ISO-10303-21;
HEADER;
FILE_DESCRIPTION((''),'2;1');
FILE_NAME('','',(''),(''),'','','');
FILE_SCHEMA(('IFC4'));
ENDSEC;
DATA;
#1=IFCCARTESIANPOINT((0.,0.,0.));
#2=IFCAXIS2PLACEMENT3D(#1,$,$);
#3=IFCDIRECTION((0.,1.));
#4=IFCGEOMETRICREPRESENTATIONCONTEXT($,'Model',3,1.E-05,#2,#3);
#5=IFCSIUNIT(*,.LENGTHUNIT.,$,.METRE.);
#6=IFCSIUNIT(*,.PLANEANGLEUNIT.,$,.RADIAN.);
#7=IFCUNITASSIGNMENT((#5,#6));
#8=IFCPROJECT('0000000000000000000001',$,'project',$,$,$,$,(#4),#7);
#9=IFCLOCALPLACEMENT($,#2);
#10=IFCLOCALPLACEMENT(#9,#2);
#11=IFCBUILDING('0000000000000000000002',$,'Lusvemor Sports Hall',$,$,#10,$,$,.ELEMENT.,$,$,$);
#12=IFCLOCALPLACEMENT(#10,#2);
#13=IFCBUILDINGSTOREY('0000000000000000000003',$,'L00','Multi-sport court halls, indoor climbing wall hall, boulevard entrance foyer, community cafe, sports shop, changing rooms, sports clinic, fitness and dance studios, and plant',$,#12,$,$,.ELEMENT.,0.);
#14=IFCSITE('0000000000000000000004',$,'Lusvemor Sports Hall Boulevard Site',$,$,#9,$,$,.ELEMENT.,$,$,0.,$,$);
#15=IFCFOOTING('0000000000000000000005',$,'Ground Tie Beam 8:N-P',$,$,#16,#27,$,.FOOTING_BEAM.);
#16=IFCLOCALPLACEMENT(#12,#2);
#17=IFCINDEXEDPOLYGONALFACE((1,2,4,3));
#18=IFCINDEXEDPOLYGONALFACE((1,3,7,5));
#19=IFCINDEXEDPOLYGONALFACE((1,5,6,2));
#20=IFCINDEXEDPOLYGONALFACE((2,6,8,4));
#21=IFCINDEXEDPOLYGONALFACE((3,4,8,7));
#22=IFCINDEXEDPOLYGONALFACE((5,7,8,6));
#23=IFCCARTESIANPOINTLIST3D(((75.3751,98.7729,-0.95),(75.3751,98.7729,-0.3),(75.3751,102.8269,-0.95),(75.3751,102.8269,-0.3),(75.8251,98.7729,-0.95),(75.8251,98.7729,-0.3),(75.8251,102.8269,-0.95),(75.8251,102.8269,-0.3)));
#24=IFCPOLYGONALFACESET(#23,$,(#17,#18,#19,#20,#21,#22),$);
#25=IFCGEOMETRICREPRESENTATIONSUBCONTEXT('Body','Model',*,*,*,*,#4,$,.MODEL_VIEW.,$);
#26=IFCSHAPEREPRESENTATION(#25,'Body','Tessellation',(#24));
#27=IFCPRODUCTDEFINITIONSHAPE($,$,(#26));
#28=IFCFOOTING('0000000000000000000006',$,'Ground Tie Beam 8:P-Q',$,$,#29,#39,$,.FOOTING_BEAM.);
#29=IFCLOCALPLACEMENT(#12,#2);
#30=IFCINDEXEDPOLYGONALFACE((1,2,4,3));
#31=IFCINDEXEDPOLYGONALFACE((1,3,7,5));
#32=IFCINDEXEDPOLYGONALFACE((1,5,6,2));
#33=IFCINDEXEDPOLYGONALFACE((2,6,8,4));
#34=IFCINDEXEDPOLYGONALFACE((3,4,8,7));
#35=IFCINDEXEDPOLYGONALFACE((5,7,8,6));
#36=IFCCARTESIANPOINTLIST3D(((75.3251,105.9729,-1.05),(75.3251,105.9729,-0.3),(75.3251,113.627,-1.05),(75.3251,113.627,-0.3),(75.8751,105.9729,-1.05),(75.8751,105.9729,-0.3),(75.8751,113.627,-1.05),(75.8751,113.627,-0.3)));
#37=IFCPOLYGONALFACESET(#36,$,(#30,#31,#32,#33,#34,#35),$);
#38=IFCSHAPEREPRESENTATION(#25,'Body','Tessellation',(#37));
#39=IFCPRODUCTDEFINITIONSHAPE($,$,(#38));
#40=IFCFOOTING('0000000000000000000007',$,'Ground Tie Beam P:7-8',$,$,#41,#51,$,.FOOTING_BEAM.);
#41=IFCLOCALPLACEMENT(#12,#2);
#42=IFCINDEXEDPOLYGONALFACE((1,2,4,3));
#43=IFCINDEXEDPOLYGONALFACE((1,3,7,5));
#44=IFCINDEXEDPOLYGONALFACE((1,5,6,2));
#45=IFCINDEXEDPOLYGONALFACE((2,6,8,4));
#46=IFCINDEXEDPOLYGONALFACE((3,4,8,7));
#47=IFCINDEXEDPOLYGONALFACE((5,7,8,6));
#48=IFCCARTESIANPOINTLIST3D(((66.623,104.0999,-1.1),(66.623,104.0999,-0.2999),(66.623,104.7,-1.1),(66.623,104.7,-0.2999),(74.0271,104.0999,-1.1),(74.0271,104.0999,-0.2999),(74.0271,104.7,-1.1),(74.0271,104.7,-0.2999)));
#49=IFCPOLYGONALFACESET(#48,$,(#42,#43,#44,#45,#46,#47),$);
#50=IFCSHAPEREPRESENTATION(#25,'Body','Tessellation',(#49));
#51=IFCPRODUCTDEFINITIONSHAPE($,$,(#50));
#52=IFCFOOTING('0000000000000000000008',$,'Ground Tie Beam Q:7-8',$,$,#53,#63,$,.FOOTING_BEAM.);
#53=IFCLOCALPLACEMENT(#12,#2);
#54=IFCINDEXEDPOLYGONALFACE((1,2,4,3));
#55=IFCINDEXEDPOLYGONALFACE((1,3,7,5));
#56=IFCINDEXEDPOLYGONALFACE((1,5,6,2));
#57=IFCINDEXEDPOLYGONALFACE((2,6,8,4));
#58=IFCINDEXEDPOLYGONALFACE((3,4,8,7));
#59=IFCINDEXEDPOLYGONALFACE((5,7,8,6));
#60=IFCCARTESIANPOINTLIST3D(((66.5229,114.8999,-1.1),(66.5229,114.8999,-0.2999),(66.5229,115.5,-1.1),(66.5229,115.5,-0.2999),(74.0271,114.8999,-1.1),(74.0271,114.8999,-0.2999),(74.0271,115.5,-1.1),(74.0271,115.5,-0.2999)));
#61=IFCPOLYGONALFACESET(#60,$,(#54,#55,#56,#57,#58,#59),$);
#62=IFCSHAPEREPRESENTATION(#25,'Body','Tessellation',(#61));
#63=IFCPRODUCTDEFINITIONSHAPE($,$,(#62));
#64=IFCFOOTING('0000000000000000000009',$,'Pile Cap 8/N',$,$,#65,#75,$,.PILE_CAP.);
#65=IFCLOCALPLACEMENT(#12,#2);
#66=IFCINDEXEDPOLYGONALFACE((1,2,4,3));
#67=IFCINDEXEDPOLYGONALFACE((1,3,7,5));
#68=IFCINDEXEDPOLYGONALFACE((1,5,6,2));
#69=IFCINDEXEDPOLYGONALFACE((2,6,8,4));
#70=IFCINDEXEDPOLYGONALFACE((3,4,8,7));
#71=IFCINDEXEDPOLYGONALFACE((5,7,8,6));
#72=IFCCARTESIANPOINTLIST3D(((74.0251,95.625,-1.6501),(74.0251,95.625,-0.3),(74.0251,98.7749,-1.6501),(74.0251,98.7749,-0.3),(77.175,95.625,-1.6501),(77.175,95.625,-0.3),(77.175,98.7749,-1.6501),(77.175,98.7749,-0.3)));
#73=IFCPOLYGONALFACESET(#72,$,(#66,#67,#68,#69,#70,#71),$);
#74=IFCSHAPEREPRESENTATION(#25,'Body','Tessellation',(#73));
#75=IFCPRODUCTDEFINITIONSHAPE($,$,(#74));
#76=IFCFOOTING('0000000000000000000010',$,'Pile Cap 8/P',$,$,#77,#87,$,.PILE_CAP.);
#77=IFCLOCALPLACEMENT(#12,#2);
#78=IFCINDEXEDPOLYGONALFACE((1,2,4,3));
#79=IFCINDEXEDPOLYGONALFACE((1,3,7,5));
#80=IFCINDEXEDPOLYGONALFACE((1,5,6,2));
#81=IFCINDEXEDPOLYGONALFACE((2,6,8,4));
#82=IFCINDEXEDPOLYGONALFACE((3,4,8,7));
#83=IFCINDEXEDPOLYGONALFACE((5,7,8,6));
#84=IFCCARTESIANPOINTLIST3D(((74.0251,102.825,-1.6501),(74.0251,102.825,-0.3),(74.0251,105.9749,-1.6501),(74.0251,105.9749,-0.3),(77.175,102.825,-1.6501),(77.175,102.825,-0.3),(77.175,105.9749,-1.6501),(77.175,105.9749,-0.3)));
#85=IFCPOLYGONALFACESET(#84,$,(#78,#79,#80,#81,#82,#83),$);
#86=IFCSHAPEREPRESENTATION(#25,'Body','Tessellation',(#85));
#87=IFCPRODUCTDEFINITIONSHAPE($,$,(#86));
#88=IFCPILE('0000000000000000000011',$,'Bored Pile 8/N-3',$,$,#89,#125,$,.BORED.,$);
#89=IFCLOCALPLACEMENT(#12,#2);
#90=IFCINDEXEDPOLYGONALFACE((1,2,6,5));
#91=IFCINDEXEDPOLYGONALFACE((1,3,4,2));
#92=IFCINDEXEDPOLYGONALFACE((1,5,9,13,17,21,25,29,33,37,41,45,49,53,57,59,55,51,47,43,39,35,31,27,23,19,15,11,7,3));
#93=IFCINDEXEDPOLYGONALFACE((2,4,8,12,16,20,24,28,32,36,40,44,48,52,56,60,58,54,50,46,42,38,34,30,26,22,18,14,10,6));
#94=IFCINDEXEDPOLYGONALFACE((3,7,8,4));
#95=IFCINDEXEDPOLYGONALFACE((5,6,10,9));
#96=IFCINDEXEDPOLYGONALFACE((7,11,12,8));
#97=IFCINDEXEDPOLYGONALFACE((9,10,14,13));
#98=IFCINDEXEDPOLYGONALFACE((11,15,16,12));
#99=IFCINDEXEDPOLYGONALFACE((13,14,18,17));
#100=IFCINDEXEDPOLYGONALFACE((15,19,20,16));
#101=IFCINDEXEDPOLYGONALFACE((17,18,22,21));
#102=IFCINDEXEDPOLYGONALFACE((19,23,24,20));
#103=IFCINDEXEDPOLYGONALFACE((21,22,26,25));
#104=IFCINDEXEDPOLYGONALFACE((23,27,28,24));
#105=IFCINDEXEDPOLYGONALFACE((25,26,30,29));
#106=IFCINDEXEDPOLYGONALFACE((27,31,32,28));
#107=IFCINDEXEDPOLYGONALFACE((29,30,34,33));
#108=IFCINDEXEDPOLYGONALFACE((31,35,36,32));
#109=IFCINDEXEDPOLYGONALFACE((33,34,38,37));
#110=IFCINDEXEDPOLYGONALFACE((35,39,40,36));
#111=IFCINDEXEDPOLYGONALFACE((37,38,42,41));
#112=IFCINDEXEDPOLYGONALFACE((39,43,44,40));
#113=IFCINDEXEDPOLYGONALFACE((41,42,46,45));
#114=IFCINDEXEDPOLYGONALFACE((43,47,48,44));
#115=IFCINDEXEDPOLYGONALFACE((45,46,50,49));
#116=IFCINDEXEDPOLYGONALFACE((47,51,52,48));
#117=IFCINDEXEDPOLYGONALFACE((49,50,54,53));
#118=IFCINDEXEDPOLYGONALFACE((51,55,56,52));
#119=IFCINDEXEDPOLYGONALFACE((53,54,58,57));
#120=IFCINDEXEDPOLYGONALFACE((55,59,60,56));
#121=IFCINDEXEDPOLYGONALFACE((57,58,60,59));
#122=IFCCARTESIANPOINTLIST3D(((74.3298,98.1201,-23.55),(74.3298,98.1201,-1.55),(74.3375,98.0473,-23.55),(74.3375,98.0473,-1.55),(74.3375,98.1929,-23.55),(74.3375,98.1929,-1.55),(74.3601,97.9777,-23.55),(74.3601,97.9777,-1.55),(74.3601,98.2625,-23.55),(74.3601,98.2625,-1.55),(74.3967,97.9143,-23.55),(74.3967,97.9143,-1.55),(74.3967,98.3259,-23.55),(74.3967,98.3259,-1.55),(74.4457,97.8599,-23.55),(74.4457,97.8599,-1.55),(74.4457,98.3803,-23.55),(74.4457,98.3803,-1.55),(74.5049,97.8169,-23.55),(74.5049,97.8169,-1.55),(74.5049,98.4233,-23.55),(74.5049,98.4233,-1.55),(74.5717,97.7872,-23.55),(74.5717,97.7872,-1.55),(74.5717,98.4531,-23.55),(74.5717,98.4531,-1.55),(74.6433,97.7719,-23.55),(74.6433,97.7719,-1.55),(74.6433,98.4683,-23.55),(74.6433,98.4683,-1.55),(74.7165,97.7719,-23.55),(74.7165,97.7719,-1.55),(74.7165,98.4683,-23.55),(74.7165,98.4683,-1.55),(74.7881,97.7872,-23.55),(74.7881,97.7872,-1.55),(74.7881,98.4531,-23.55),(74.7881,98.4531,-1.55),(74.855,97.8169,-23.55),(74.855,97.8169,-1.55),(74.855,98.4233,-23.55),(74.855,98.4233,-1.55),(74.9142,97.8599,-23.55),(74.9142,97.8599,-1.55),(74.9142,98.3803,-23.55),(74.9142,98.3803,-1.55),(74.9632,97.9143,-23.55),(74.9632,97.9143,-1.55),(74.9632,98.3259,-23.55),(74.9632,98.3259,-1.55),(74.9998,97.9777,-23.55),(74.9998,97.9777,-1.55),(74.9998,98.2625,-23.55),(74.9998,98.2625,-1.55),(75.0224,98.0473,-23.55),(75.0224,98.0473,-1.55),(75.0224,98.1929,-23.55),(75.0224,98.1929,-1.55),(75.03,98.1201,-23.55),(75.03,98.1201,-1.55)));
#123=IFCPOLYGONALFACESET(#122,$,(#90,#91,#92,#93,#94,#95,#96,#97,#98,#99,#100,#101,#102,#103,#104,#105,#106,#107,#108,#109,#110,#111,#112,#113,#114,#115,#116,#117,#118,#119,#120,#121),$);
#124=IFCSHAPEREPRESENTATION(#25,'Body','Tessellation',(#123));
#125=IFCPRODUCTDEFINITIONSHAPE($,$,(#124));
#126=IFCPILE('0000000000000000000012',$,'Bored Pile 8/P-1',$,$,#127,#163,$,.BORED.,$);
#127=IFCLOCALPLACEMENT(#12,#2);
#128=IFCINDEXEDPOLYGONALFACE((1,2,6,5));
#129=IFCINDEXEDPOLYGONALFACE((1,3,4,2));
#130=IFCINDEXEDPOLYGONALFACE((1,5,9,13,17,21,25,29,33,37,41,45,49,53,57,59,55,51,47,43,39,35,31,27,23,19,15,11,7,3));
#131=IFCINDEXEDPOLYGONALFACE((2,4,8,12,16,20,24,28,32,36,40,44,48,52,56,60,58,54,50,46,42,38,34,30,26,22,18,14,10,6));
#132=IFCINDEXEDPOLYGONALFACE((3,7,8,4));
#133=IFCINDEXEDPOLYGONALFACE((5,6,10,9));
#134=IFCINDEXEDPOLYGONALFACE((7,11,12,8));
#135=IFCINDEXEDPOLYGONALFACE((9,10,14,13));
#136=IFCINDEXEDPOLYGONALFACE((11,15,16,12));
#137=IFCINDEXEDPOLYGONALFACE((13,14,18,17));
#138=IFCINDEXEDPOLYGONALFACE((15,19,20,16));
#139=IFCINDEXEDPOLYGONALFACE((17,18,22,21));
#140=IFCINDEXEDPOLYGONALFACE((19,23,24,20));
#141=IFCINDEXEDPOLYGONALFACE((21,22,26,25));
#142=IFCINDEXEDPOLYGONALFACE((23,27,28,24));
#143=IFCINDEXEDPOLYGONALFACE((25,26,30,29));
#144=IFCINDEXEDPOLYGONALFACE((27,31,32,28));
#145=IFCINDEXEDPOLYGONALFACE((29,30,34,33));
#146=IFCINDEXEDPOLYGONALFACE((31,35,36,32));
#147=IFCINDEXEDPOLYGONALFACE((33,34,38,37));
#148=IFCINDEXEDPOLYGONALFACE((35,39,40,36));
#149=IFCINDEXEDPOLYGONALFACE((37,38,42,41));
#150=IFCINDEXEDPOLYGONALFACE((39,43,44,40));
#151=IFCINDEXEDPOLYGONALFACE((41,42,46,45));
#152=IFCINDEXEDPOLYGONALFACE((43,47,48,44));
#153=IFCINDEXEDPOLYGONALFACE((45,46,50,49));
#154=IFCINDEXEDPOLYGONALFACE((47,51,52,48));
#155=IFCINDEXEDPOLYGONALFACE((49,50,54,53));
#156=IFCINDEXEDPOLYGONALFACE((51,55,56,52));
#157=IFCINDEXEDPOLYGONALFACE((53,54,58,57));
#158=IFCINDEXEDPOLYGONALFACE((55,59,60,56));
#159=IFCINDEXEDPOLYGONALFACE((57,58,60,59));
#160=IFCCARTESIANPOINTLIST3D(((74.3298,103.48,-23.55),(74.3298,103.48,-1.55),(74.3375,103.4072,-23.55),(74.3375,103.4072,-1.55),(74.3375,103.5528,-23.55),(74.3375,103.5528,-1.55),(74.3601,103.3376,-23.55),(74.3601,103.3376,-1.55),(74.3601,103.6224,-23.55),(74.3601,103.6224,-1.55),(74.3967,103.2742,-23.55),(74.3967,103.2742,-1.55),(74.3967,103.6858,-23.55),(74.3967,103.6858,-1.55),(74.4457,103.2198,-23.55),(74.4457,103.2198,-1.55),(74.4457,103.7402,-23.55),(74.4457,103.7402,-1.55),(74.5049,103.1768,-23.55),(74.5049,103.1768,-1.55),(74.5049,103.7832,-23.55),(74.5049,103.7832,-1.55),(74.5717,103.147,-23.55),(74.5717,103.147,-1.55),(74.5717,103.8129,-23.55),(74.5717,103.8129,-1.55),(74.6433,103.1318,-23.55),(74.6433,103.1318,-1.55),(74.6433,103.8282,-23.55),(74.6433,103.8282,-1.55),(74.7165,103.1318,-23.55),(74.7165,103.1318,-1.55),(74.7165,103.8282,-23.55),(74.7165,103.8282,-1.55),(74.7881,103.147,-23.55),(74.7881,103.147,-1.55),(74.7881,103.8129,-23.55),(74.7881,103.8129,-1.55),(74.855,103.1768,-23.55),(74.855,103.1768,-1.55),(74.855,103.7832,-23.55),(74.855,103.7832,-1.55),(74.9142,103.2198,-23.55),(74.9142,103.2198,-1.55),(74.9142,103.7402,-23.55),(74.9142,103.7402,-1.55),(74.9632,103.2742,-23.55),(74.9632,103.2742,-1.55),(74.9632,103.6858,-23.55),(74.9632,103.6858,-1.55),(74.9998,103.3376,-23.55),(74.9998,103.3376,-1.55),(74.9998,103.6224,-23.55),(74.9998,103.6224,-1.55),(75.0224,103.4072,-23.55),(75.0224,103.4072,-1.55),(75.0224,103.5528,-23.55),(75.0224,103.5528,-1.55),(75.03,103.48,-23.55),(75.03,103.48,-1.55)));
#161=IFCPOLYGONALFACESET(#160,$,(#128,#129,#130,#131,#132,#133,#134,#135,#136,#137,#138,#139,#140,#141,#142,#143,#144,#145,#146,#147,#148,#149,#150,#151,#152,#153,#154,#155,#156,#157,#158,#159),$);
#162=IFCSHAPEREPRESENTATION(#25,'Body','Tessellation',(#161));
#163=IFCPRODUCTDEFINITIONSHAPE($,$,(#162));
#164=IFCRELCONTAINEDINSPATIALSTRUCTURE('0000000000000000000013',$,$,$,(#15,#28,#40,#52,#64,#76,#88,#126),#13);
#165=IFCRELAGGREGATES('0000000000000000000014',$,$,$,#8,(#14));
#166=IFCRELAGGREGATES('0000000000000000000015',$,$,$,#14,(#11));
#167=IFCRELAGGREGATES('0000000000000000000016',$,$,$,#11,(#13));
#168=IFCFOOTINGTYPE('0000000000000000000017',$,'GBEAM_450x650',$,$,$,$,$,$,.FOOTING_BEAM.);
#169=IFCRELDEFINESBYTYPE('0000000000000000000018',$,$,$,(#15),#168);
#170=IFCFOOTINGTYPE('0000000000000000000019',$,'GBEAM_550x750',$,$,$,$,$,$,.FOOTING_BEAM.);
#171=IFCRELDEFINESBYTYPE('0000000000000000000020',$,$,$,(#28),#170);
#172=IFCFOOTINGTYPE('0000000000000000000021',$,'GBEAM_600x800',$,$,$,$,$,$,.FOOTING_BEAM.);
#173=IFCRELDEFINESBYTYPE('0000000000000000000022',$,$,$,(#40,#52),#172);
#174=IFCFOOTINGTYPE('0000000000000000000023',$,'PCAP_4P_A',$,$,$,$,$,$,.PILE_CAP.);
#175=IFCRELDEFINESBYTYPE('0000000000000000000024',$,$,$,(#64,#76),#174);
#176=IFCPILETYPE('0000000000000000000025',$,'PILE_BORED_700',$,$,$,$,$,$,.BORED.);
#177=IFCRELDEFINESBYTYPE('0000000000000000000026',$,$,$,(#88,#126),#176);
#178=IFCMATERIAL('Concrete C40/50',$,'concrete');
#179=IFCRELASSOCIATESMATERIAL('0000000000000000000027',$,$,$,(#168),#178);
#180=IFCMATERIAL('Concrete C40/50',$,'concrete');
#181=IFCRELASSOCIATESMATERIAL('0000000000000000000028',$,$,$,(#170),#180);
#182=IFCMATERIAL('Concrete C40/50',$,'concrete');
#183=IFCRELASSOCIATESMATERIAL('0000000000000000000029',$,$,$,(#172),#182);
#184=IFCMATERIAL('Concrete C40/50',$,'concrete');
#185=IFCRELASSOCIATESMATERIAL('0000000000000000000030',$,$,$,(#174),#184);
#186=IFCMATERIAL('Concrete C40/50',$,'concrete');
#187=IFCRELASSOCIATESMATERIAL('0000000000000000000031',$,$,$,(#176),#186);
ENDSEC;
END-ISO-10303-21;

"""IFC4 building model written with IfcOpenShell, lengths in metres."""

from ifc_helpers import new_model, si_unit, direction, frame, origin, origin_2d, place, context, subcontext, project, spatial, rectangle, circle, extrude, material, material_profile, profile_set, type_object, element, save


model = new_model("IFC4")

# Units and contexts
model_context = context("Model", 3, precision=1e-05, world=origin(), true_north=direction((0.0, 1.0)))
body_context = subcontext(model_context, "Body", "Model", "MODEL_VIEW")
ifc_project = project(units=[si_unit("LENGTHUNIT", "METRE"), si_unit("PLANEANGLEUNIT", "RADIAN")], contexts=[model_context])

# Site, building, storey
site_placement = place(None, origin())
site = spatial("IfcSite", under=ifc_project, at=site_placement, Name="Lusvemor Sports Hall Boulevard Site", CompositionType="ELEMENT", RefElevation=0.0)
building_placement = place(site_placement, origin())
building = spatial("IfcBuilding", under=site, at=building_placement, Name="Lusvemor Sports Hall", CompositionType="ELEMENT")
storey_placement = place(building_placement, origin())
storey = spatial("IfcBuildingStorey", under=building, at=storey_placement, Name="L00", Description="Multi-sport court halls, indoor climbing wall hall, boulevard entrance foyer, community cafe, sports shop, changing rooms, sports clinic, fitness and dance studios, and plant", CompositionType="ELEMENT", Elevation=0.0)

# Footings
ifc_material_1 = material(Name="Concrete C40/50", Category="concrete")
ifc_material_profile_1 = material_profile(ifc_material_1, rectangle(XDim=0.45, YDim=0.6499, at=origin_2d()), Name="GB_450x650")
ifc_profile_set_1 = profile_set([ifc_material_profile_1], Name="Concrete C40/50")
footing_type_1 = type_object("IfcFootingType", Name="GBEAM_450x650", PredefinedType="FOOTING_BEAM", material=ifc_profile_set_1)
footing_1_placement = place(storey_placement, frame((75.6001, 98.7729, -0.625), z_axis=(0.0, 1.0, 0.0), x_axis=(-1.0, 0.0, 0.0)))
element("IfcFooting", 1, at=footing_1_placement, inside=storey, type_object=footing_type_1, Name="Ground Tie Beam 8:N-P", PredefinedType="FOOTING_BEAM", context=body_context, shape_type="SweptSolid", body=[
    extrude(rectangle(XDim=0.45, YDim=0.6499, at=origin_2d()), origin(), (0.0, 0.0, 1.0), 4.054),
])
ifc_material_2 = material(Name="Concrete C40/50", Category="concrete")
ifc_material_profile_2 = material_profile(ifc_material_2, rectangle(XDim=0.55, YDim=0.75, at=origin_2d()), Name="GB_550x750")
ifc_profile_set_2 = profile_set([ifc_material_profile_2], Name="Concrete C40/50")
footing_type_2 = type_object("IfcFootingType", Name="GBEAM_550x750", PredefinedType="FOOTING_BEAM", material=ifc_profile_set_2)
footing_2_placement = place(storey_placement, frame((75.6001, 105.9729, -0.675), z_axis=(0.0, 1.0, 0.0), x_axis=(-1.0, 0.0, 0.0)))
element("IfcFooting", 2, at=footing_2_placement, inside=storey, type_object=footing_type_2, Name="Ground Tie Beam 8:P-Q", PredefinedType="FOOTING_BEAM", context=body_context, shape_type="SweptSolid", body=[
    extrude(rectangle(XDim=0.55, YDim=0.75, at=origin_2d()), origin(), (0.0, 0.0, 1.0), 7.6541),
])
ifc_material_3 = material(Name="Concrete C40/50", Category="concrete")
ifc_material_profile_3 = material_profile(ifc_material_3, rectangle(XDim=0.6001, YDim=0.8, at=origin_2d()), Name="GB_600x800")
ifc_profile_set_3 = profile_set([ifc_material_profile_3], Name="Concrete C40/50")
footing_type_3 = type_object("IfcFootingType", Name="GBEAM_600x800", PredefinedType="FOOTING_BEAM", material=ifc_profile_set_3)
footing_3_placement = place(storey_placement, frame((66.623, 104.3999, -0.7), z_axis=(1.0, 0.0, 0.0), x_axis=(0.0, 1.0, 0.0)))
element("IfcFooting", 3, at=footing_3_placement, inside=storey, type_object=footing_type_3, Name="Ground Tie Beam P:7-8", PredefinedType="FOOTING_BEAM", context=body_context, shape_type="SweptSolid", body=[
    extrude(rectangle(XDim=0.6001, YDim=0.8, at=origin_2d()), origin(), (0.0, 0.0, 1.0), 7.4041),
])
footing_4_placement = place(storey_placement, frame((66.5229, 115.2, -0.7), z_axis=(1.0, 0.0, 0.0), x_axis=(0.0, 1.0, 0.0)))
element("IfcFooting", 4, at=footing_4_placement, inside=storey, type_object=footing_type_3, Name="Ground Tie Beam Q:7-8", PredefinedType="FOOTING_BEAM", context=body_context, shape_type="SweptSolid", body=[
    extrude(rectangle(XDim=0.6001, YDim=0.8, at=origin_2d()), origin(), (0.0, 0.0, 1.0), 7.5042),
])
ifc_material_4 = material(Name="Concrete C40/50", Category="concrete")
footing_type_4 = type_object("IfcFootingType", Name="PCAP_4P_A", PredefinedType="PILE_CAP", material=ifc_material_4)
for number, where, z_axis, x_axis, name in (
    (5, (75.6001, 97.2, -1.6501), (0.0, 0.0, 1.0), (1.0, 0.0, 0.0), "Pile Cap 8/N"),
    (6, (75.6001, 104.3999, -1.6501), (0.0, 0.0, 1.0), (1.0, 0.0, 0.0), "Pile Cap 8/P"),
):
    element("IfcFooting", number, at=place(storey_placement, frame(where, z_axis=z_axis, x_axis=x_axis)), inside=storey, type_object=footing_type_4, Name=name, PredefinedType="PILE_CAP", context=body_context, shape_type="SweptSolid", body=[
        extrude(rectangle(XDim=3.1499, YDim=3.1499, at=origin_2d()), origin(), (0.0, 0.0, 1.0), 1.3501),
    ])

# Piles
ifc_material_5 = material(Name="Concrete C40/50", Category="concrete")
ifc_material_profile_4 = material_profile(ifc_material_5, circle(Radius=0.3501, at=origin_2d()), Name="PILE700")
ifc_profile_set_4 = profile_set([ifc_material_profile_4], Name="Concrete C40/50")
pile_type_1 = type_object("IfcPileType", Name="PILE_BORED_700", PredefinedType="BORED", material=ifc_profile_set_4)
for number, where, z_axis, x_axis, name in (
    (7, (74.6799, 98.1201, -1.55), (0.0, 0.0, -1.0), (1.0, 0.0, 0.0), "Bored Pile 8/N-3"),
    (8, (74.6799, 103.48, -1.55), (0.0, 0.0, -1.0), (1.0, 0.0, 0.0), "Bored Pile 8/P-1"),
):
    element("IfcPile", number, at=place(storey_placement, frame(where, z_axis=z_axis, x_axis=x_axis)), inside=storey, type_object=pile_type_1, Name=name, PredefinedType="BORED", context=body_context, shape_type="SweptSolid", body=[
        extrude(circle(Radius=0.3501, at=origin_2d()), origin(), (0.0, 0.0, 1.0), 22.0),
    ])

save(model, "model.ifc")
